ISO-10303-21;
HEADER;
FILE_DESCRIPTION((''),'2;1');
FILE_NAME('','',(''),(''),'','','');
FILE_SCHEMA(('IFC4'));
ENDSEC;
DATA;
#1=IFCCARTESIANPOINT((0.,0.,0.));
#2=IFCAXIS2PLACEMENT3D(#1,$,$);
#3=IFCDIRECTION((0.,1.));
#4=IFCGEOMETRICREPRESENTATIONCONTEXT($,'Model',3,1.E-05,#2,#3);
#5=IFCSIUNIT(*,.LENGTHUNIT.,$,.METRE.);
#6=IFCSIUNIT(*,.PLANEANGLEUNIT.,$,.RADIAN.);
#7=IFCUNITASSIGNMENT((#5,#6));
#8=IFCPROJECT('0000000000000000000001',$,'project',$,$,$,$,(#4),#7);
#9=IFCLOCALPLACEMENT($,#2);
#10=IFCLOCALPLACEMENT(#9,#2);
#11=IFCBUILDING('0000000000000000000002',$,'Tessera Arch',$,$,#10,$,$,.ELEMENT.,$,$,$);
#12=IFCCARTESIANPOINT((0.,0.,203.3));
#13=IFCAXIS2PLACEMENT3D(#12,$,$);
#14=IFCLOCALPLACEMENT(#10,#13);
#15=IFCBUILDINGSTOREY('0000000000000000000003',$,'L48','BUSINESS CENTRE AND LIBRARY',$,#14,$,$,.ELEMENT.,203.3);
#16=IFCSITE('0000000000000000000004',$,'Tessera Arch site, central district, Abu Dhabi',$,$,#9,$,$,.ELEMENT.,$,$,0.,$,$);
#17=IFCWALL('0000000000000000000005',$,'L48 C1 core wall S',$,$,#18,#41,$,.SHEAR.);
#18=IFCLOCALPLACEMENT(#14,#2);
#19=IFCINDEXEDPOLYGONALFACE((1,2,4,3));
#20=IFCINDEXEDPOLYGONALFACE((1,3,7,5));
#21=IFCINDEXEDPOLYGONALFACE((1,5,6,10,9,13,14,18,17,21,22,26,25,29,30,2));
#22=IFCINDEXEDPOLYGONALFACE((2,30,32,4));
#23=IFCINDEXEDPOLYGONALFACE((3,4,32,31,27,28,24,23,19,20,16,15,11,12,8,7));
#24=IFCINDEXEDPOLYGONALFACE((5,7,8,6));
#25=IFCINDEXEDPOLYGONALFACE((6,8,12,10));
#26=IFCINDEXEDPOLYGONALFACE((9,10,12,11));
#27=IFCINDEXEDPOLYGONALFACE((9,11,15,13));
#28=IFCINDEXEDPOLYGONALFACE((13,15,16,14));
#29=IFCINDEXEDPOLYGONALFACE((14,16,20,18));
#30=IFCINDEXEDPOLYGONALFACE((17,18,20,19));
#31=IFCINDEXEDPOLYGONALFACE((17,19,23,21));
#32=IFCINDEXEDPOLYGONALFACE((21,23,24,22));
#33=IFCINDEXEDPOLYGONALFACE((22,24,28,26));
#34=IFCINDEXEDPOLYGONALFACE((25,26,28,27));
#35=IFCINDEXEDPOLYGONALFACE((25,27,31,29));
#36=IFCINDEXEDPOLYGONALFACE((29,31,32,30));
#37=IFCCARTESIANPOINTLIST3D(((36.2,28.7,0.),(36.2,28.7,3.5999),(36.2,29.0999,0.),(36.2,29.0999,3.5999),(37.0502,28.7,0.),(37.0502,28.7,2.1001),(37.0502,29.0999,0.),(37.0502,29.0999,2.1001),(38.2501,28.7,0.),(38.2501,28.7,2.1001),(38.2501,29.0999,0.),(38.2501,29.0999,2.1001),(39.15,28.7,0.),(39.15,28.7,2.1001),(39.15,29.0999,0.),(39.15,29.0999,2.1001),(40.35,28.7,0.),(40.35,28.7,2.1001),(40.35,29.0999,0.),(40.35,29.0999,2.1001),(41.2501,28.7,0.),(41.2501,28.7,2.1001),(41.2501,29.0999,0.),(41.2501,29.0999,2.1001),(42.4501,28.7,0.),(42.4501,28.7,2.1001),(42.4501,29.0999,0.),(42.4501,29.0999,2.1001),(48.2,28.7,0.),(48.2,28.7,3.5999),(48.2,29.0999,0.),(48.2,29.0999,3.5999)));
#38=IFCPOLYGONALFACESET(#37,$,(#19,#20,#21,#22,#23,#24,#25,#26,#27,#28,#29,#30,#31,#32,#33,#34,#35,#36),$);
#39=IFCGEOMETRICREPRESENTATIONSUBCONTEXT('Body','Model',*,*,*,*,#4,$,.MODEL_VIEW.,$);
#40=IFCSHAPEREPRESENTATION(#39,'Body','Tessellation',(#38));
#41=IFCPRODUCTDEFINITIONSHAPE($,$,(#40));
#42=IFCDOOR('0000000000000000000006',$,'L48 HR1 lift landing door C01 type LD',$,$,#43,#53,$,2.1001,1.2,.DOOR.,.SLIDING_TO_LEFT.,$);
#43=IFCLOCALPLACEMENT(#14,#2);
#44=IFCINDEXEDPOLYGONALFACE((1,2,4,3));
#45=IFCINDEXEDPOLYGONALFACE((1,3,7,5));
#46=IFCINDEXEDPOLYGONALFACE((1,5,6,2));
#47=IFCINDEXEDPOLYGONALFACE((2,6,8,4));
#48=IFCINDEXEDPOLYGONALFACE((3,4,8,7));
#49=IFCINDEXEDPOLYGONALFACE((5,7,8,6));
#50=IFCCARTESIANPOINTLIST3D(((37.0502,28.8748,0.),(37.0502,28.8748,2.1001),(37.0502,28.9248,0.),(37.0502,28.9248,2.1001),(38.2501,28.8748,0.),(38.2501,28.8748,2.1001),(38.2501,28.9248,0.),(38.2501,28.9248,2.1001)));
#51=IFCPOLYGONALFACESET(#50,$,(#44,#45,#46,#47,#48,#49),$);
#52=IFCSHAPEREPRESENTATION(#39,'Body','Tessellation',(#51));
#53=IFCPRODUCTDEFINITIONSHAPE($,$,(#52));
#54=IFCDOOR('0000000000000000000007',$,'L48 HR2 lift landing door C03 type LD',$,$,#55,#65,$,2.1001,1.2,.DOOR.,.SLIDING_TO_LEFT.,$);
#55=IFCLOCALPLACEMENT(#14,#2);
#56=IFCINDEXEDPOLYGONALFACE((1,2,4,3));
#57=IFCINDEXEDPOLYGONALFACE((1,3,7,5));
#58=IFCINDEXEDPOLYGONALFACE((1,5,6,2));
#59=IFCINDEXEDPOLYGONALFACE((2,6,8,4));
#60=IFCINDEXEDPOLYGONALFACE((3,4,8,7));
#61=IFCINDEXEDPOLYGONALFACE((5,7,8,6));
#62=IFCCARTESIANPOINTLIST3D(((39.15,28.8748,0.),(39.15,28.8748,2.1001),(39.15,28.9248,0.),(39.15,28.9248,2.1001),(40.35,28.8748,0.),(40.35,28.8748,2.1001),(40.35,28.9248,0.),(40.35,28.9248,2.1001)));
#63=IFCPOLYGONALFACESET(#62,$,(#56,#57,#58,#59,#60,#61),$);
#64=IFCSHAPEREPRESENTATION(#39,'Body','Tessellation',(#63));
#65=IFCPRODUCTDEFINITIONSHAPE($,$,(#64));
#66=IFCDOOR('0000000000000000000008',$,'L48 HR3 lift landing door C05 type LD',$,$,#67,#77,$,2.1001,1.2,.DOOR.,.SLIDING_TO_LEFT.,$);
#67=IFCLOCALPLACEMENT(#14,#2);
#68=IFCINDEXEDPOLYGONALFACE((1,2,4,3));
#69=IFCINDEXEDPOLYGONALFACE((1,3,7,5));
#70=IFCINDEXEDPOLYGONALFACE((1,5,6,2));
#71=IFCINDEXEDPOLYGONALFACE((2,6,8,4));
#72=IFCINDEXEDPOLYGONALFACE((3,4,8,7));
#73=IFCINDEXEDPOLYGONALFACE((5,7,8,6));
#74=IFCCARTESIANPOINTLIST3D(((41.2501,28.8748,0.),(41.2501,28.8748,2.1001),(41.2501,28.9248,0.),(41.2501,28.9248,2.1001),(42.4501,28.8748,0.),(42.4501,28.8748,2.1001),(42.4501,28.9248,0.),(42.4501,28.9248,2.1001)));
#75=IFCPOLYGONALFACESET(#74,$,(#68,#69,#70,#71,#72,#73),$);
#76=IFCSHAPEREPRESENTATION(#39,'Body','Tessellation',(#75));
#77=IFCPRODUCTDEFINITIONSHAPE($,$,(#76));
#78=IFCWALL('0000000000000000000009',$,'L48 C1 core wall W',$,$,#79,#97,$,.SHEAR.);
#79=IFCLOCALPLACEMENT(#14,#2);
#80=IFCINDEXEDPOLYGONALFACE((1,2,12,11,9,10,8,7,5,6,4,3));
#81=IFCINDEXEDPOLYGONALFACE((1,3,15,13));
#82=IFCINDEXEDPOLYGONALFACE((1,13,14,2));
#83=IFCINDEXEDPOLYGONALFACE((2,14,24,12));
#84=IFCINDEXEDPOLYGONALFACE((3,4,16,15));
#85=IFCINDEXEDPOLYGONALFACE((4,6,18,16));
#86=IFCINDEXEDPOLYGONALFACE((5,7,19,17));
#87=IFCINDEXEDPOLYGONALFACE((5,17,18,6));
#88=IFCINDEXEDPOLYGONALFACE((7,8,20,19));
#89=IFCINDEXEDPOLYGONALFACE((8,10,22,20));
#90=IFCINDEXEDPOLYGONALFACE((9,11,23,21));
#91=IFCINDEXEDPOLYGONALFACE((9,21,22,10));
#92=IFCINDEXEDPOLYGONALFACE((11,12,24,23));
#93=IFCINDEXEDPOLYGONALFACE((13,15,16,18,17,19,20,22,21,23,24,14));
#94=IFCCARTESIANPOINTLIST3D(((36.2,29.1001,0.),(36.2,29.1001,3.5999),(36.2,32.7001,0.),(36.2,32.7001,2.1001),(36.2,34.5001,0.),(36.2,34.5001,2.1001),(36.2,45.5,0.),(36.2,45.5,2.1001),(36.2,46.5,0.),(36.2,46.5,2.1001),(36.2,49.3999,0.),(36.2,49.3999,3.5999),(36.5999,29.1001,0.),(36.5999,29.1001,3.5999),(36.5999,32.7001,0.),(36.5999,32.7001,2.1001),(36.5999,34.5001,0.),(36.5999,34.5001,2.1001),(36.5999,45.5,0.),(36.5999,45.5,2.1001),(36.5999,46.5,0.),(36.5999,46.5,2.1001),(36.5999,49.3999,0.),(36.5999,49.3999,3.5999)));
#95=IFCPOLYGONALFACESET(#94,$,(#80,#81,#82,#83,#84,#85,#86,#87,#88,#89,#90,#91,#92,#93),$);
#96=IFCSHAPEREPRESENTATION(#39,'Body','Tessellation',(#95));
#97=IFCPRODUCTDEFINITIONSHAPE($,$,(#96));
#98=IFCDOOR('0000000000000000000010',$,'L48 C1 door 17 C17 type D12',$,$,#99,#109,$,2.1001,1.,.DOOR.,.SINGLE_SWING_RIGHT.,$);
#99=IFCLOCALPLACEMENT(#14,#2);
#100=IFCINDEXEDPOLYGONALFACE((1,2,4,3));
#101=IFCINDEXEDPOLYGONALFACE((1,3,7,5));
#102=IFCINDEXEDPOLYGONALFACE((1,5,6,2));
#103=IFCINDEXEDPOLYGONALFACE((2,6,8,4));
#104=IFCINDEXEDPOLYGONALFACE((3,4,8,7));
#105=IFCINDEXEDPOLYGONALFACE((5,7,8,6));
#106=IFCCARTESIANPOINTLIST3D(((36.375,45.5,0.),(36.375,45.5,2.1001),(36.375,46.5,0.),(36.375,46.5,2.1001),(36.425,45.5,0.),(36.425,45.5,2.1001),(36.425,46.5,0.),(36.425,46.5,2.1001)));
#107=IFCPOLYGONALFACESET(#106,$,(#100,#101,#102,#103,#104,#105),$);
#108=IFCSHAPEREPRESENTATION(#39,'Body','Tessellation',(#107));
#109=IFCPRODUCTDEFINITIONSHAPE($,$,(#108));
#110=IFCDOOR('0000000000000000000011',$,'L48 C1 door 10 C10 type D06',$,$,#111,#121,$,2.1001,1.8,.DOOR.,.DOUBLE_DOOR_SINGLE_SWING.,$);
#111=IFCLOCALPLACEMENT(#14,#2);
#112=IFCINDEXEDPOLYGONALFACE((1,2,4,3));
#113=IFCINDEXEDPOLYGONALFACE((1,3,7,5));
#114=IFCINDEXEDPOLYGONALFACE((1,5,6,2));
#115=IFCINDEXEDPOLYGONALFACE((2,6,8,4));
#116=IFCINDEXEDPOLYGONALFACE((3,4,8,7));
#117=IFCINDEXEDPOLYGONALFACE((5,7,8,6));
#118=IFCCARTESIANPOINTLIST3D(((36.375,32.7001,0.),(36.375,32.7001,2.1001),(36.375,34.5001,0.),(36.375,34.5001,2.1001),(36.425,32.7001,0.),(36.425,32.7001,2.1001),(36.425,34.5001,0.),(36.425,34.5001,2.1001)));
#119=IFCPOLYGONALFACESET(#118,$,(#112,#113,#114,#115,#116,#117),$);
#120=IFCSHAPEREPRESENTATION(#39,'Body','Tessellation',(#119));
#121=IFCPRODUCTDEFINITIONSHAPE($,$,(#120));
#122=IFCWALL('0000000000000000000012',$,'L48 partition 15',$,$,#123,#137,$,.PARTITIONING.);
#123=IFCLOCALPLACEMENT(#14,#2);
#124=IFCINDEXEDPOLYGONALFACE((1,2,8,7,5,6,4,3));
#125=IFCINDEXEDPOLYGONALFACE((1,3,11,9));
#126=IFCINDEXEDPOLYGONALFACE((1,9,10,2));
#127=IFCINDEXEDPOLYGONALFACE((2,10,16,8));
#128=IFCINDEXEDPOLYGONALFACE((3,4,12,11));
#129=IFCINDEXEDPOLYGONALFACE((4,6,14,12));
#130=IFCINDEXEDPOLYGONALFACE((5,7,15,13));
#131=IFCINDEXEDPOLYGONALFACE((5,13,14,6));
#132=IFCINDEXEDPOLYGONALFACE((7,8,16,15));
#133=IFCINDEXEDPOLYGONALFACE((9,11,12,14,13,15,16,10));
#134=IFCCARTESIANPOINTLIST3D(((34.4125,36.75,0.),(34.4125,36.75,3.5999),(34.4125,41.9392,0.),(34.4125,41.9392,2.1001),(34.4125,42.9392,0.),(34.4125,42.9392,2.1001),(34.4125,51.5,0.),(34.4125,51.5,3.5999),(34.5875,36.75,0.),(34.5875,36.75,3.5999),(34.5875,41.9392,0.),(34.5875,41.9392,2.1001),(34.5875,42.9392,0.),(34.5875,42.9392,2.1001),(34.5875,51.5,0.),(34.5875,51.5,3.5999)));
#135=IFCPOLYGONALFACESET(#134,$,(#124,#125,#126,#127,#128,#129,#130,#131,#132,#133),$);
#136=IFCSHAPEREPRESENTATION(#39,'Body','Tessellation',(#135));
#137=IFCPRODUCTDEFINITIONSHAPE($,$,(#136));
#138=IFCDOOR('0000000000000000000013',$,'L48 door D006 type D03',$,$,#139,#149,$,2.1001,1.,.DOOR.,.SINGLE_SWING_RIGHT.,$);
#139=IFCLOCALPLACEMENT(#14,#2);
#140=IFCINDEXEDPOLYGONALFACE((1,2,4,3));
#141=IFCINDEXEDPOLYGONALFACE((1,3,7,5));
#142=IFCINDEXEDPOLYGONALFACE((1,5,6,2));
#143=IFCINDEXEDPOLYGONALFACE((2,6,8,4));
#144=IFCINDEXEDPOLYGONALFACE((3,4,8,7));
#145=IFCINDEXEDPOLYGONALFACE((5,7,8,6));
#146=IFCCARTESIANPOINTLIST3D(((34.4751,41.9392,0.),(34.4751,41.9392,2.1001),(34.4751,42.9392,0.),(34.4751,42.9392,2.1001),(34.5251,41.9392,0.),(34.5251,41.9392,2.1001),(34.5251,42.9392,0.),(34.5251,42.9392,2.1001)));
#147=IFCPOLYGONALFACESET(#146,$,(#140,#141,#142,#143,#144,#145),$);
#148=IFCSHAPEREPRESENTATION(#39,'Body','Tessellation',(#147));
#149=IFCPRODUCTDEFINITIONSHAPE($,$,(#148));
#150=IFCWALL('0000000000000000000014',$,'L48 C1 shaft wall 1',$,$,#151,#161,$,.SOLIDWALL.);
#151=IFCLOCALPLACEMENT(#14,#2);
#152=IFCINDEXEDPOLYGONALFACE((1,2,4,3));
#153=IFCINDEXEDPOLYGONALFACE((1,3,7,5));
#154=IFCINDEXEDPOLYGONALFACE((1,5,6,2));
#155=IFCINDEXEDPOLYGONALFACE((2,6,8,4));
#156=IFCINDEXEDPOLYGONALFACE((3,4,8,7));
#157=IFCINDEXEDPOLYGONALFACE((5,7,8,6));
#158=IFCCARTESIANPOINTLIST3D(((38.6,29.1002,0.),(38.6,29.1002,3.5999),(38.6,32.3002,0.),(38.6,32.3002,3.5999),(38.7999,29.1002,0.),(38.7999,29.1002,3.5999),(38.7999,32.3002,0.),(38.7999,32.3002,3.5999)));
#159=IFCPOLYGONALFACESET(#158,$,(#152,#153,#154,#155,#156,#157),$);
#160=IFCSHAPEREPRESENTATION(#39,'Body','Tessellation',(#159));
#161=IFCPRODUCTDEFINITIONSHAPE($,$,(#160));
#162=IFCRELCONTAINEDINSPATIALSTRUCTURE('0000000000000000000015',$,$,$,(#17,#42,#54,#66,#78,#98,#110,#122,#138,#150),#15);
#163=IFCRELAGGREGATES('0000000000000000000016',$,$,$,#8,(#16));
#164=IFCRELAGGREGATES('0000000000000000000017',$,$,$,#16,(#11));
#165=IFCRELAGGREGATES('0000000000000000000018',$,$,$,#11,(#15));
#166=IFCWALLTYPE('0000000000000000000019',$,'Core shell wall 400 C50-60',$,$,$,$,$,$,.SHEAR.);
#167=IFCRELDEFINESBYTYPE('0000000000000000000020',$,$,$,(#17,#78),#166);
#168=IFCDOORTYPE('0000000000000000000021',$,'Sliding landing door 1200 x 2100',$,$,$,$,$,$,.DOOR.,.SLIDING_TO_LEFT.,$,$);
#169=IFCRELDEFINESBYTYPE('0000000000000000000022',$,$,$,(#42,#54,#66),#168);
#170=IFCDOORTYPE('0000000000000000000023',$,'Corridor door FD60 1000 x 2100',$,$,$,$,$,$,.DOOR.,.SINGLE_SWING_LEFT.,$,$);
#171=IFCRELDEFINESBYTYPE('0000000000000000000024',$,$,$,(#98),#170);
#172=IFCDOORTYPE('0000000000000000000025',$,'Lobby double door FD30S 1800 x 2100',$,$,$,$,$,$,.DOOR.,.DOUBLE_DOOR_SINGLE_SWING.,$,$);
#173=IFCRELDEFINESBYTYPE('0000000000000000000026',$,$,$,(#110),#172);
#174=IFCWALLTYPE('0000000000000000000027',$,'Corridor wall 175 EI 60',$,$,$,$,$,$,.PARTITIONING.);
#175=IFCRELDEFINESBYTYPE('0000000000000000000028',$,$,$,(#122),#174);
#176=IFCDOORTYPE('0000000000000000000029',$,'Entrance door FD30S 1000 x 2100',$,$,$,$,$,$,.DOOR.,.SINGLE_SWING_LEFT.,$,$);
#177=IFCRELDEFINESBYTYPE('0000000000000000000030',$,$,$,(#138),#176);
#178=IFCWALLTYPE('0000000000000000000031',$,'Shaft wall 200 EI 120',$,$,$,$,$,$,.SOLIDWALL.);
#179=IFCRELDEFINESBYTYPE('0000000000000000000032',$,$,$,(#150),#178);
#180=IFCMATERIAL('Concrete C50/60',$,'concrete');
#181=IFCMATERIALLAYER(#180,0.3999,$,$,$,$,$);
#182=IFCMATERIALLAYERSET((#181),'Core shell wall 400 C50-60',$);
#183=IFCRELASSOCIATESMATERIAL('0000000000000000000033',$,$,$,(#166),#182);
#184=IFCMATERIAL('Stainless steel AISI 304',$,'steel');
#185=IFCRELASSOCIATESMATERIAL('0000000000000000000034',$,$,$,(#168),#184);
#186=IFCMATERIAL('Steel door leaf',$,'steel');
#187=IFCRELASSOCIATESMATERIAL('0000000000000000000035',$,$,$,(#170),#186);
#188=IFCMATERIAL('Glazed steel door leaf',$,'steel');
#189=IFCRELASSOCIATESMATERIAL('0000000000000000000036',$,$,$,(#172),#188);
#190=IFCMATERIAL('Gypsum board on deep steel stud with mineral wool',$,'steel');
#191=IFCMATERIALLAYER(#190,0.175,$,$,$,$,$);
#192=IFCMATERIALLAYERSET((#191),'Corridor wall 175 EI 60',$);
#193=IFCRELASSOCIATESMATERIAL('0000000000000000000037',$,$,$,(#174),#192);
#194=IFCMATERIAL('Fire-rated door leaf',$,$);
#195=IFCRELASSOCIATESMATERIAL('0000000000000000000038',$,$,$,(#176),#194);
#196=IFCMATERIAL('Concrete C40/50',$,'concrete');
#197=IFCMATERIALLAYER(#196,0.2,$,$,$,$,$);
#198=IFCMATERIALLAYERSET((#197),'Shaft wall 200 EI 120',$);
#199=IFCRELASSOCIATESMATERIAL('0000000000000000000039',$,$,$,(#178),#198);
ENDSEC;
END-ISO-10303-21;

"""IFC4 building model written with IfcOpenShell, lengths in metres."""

from ifc_helpers import new_model, si_unit, direction, frame, frame_2d, origin, place, context, subcontext, project, spatial, rectangle, extrude, material, layer, layer_set, type_object, element, fill, save


model = new_model("IFC4")

# Units and contexts
model_context = context("Model", 3, precision=1e-05, world=origin(), true_north=direction((0.0, 1.0)))
body_context = subcontext(model_context, "Body", "Model", "MODEL_VIEW")
ifc_project = project(units=[si_unit("LENGTHUNIT", "METRE"), si_unit("PLANEANGLEUNIT", "RADIAN")], contexts=[model_context])

# Site, building, storey
site_placement = place(None, origin())
site = spatial("IfcSite", under=ifc_project, at=site_placement, Name="Tessera Arch site, central district, Abu Dhabi", CompositionType="ELEMENT", RefElevation=0.0)
building_placement = place(site_placement, origin())
building = spatial("IfcBuilding", under=site, at=building_placement, Name="Tessera Arch", CompositionType="ELEMENT")
storey_placement = place(building_placement, frame((0.0, 0.0, 203.3)))
storey = spatial("IfcBuildingStorey", under=building, at=storey_placement, Name="L48", Description="BUSINESS CENTRE AND LIBRARY", CompositionType="ELEMENT", Elevation=203.3)

# Walls, openings, doors
ifc_material_1 = material(Name="Concrete C50/60", Category="concrete")
ifc_layer_1 = layer(ifc_material_1, 0.3999)
ifc_layer_set_1 = layer_set([ifc_layer_1], Name="Core shell wall 400 C50-60")
wall_type_1 = type_object("IfcWallType", Name="Core shell wall 400 C50-60", PredefinedType="SHEAR", material=ifc_layer_set_1)
wall_1_placement = place(storey_placement, frame((36.2, 28.8999, 0.0), z_axis=(0.0, 0.0, 1.0), x_axis=(1.0, 0.0, 0.0)))
wall_1 = element("IfcWall", 1, at=wall_1_placement, inside=storey, type_object=wall_type_1, Name="L48 C1 core wall S", PredefinedType="SHEAR", context=body_context, shape_type="SweptSolid", body=[
    extrude(rectangle(XDim=12.0, YDim=0.3999, at=frame_2d((6.0, 0.0))), origin(), (0.0, 0.0, 1.0), 3.5999),
])
opening_1_placement = place(wall_1_placement, frame((0.8501, 0.0, 0.0)))
opening_1 = element("IfcOpeningElement", 2, at=opening_1_placement, cuts=wall_1, PredefinedType="OPENING", context=body_context, shape_type="SweptSolid", body=[
    extrude(rectangle(XDim=1.2, YDim=2.1001, at=frame_2d((0.6001, 1.05))), frame((0.0, 0.21, 0.0), z_axis=(0.0, -1.0, 0.0), x_axis=(1.0, 0.0, 0.0)), (0.0, 0.0, 1.0), 0.4199),
])
opening_2_placement = place(wall_1_placement, frame((2.95, 0.0, 0.0)))
opening_2 = element("IfcOpeningElement", 3, at=opening_2_placement, cuts=wall_1, PredefinedType="OPENING", context=body_context, shape_type="SweptSolid", body=[
    extrude(rectangle(XDim=1.2, YDim=2.1001, at=frame_2d((0.6001, 1.05))), frame((0.0, 0.21, 0.0), z_axis=(0.0, -1.0, 0.0), x_axis=(1.0, 0.0, 0.0)), (0.0, 0.0, 1.0), 0.4199),
])
opening_3_placement = place(wall_1_placement, frame((5.05, 0.0, 0.0)))
opening_3 = element("IfcOpeningElement", 4, at=opening_3_placement, cuts=wall_1, PredefinedType="OPENING", context=body_context, shape_type="SweptSolid", body=[
    extrude(rectangle(XDim=1.2, YDim=2.1001, at=frame_2d((0.6001, 1.05))), frame((0.0, 0.21, 0.0), z_axis=(0.0, -1.0, 0.0), x_axis=(1.0, 0.0, 0.0)), (0.0, 0.0, 1.0), 0.4199),
])
ifc_material_2 = material(Name="Stainless steel AISI 304", Category="steel")
door_type_1 = type_object("IfcDoorType", Name="Sliding landing door 1200 x 2100", OperationType="SLIDING_TO_LEFT", PredefinedType="DOOR", material=ifc_material_2)
door_1_placement = place(opening_1_placement, origin())
door_1 = element("IfcDoor", 5, at=door_1_placement, inside=storey, type_object=door_type_1, Name="L48 HR1 lift landing door C01 type LD", OperationType="SLIDING_TO_LEFT", OverallHeight=2.1001, OverallWidth=1.2, PredefinedType="DOOR", context=body_context, shape_type="SweptSolid", body=[
    extrude(rectangle(XDim=1.2, YDim=2.1001, at=frame_2d((0.6001, 1.05))), frame((0.0, 0.0249, 0.0), z_axis=(0.0, -1.0, 0.0), x_axis=(1.0, 0.0, 0.0)), (0.0, 0.0, 1.0), 0.05),
])
fill(opening_1, door_1)
door_2_placement = place(opening_2_placement, origin())
door_2 = element("IfcDoor", 6, at=door_2_placement, inside=storey, type_object=door_type_1, Name="L48 HR2 lift landing door C03 type LD", OperationType="SLIDING_TO_LEFT", OverallHeight=2.1001, OverallWidth=1.2, PredefinedType="DOOR", context=body_context, shape_type="SweptSolid", body=[
    extrude(rectangle(XDim=1.2, YDim=2.1001, at=frame_2d((0.6001, 1.05))), frame((0.0, 0.0249, 0.0), z_axis=(0.0, -1.0, 0.0), x_axis=(1.0, 0.0, 0.0)), (0.0, 0.0, 1.0), 0.05),
])
fill(opening_2, door_2)
door_3_placement = place(opening_3_placement, origin())
door_3 = element("IfcDoor", 7, at=door_3_placement, inside=storey, type_object=door_type_1, Name="L48 HR3 lift landing door C05 type LD", OperationType="SLIDING_TO_LEFT", OverallHeight=2.1001, OverallWidth=1.2, PredefinedType="DOOR", context=body_context, shape_type="SweptSolid", body=[
    extrude(rectangle(XDim=1.2, YDim=2.1001, at=frame_2d((0.6001, 1.05))), frame((0.0, 0.0249, 0.0), z_axis=(0.0, -1.0, 0.0), x_axis=(1.0, 0.0, 0.0)), (0.0, 0.0, 1.0), 0.05),
])
fill(opening_3, door_3)
wall_2_placement = place(storey_placement, frame((36.3999, 29.1001, 0.0), z_axis=(0.0, 0.0, 1.0), x_axis=(0.0, 1.0, 0.0)))
wall_2 = element("IfcWall", 8, at=wall_2_placement, inside=storey, type_object=wall_type_1, Name="L48 C1 core wall W", PredefinedType="SHEAR", context=body_context, shape_type="SweptSolid", body=[
    extrude(rectangle(XDim=20.2998, YDim=0.3999, at=frame_2d((10.1499, 0.0))), origin(), (0.0, 0.0, 1.0), 3.5999),
])
opening_4_placement = place(wall_2_placement, frame((3.6001, 0.0, 0.0)))
opening_4 = element("IfcOpeningElement", 9, at=opening_4_placement, cuts=wall_2, PredefinedType="OPENING", context=body_context, shape_type="SweptSolid", body=[
    extrude(rectangle(XDim=1.8, YDim=2.1001, at=frame_2d((0.8999, 1.05))), frame((0.0, 0.21, 0.0), z_axis=(0.0, -1.0, 0.0), x_axis=(1.0, 0.0, 0.0)), (0.0, 0.0, 1.0), 0.4199),
])
opening_5_placement = place(wall_2_placement, frame((16.3999, 0.0, 0.0)))
opening_5 = element("IfcOpeningElement", 10, at=opening_5_placement, cuts=wall_2, PredefinedType="OPENING", context=body_context, shape_type="SweptSolid", body=[
    extrude(rectangle(XDim=1.0, YDim=2.1001, at=frame_2d((0.5, 1.05))), frame((0.0, 0.21, 0.0), z_axis=(0.0, -1.0, 0.0), x_axis=(1.0, 0.0, 0.0)), (0.0, 0.0, 1.0), 0.4199),
])
ifc_material_3 = material(Name="Steel door leaf", Category="steel")
door_type_2 = type_object("IfcDoorType", Name="Corridor door FD60 1000 x 2100", OperationType="SINGLE_SWING_LEFT", PredefinedType="DOOR", material=ifc_material_3)
door_4_placement = place(opening_5_placement, origin())
door_4 = element("IfcDoor", 11, at=door_4_placement, inside=storey, type_object=door_type_2, Name="L48 C1 door 17 C17 type D12", OperationType="SINGLE_SWING_RIGHT", OverallHeight=2.1001, OverallWidth=1.0, PredefinedType="DOOR", context=body_context, shape_type="SweptSolid", body=[
    extrude(rectangle(XDim=1.0, YDim=2.1001, at=frame_2d((0.5, 1.05))), frame((0.0, 0.0249, 0.0), z_axis=(0.0, -1.0, 0.0), x_axis=(1.0, 0.0, 0.0)), (0.0, 0.0, 1.0), 0.05),
])
fill(opening_5, door_4)
ifc_material_4 = material(Name="Glazed steel door leaf", Category="steel")
door_type_3 = type_object("IfcDoorType", Name="Lobby double door FD30S 1800 x 2100", OperationType="DOUBLE_DOOR_SINGLE_SWING", PredefinedType="DOOR", material=ifc_material_4)
door_5_placement = place(opening_4_placement, origin())
door_5 = element("IfcDoor", 12, at=door_5_placement, inside=storey, type_object=door_type_3, Name="L48 C1 door 10 C10 type D06", OperationType="DOUBLE_DOOR_SINGLE_SWING", OverallHeight=2.1001, OverallWidth=1.8, PredefinedType="DOOR", context=body_context, shape_type="SweptSolid", body=[
    extrude(rectangle(XDim=1.8, YDim=2.1001, at=frame_2d((0.8999, 1.05))), frame((0.0, 0.0249, 0.0), z_axis=(0.0, -1.0, 0.0), x_axis=(1.0, 0.0, 0.0)), (0.0, 0.0, 1.0), 0.05),
])
fill(opening_4, door_5)

# Wall, opening, door
ifc_material_5 = material(Name="Gypsum board on deep steel stud with mineral wool", Category="steel")
ifc_layer_2 = layer(ifc_material_5, 0.175)
ifc_layer_set_2 = layer_set([ifc_layer_2], Name="Corridor wall 175 EI 60")
wall_type_2 = type_object("IfcWallType", Name="Corridor wall 175 EI 60", PredefinedType="PARTITIONING", material=ifc_layer_set_2)
wall_3_placement = place(storey_placement, frame((34.5, 36.75, 0.0), z_axis=(0.0, 0.0, 1.0), x_axis=(0.0, 1.0, 0.0)))
wall_3 = element("IfcWall", 13, at=wall_3_placement, inside=storey, type_object=wall_type_2, Name="L48 partition 15", PredefinedType="PARTITIONING", context=body_context, shape_type="SweptSolid", body=[
    extrude(rectangle(XDim=14.75, YDim=0.175, at=frame_2d((7.375, 0.0))), origin(), (0.0, 0.0, 1.0), 3.5999),
])
opening_6_placement = place(wall_3_placement, frame((5.1892, 0.0, 0.0)))
opening_6 = element("IfcOpeningElement", 14, at=opening_6_placement, cuts=wall_3, PredefinedType="OPENING", context=body_context, shape_type="SweptSolid", body=[
    extrude(rectangle(XDim=1.0, YDim=2.1001, at=frame_2d((0.5, 1.05))), frame((0.0, 0.0974, 0.0), z_axis=(0.0, -1.0, 0.0), x_axis=(1.0, 0.0, 0.0)), (0.0, 0.0, 1.0), 0.1951),
])
ifc_material_6 = material(Name="Fire-rated door leaf")
door_type_4 = type_object("IfcDoorType", Name="Entrance door FD30S 1000 x 2100", OperationType="SINGLE_SWING_LEFT", PredefinedType="DOOR", material=ifc_material_6)
door_6_placement = place(opening_6_placement, origin())
door_6 = element("IfcDoor", 15, at=door_6_placement, inside=storey, type_object=door_type_4, Name="L48 door D006 type D03", OperationType="SINGLE_SWING_RIGHT", OverallHeight=2.1001, OverallWidth=1.0, PredefinedType="DOOR", context=body_context, shape_type="SweptSolid", body=[
    extrude(rectangle(XDim=1.0, YDim=2.1001, at=frame_2d((0.5, 1.05))), frame((0.0, 0.0249, 0.0), z_axis=(0.0, -1.0, 0.0), x_axis=(1.0, 0.0, 0.0)), (0.0, 0.0, 1.0), 0.05),
])
fill(opening_6, door_6)

# Wall
ifc_material_7 = material(Name="Concrete C40/50", Category="concrete")
ifc_layer_3 = layer(ifc_material_7, 0.2)
ifc_layer_set_3 = layer_set([ifc_layer_3], Name="Shaft wall 200 EI 120")
wall_type_3 = type_object("IfcWallType", Name="Shaft wall 200 EI 120", PredefinedType="SOLIDWALL", material=ifc_layer_set_3)
wall_4_placement = place(storey_placement, frame((38.7, 29.1001, 0.0), z_axis=(0.0, 0.0, 1.0), x_axis=(0.0, 1.0, 0.0)))
element("IfcWall", 16, at=wall_4_placement, inside=storey, type_object=wall_type_3, Name="L48 C1 shaft wall 1", PredefinedType="SOLIDWALL", context=body_context, shape_type="SweptSolid", body=[
    extrude(rectangle(XDim=3.2, YDim=0.2, at=frame_2d((1.6001, 0.0))), origin(), (0.0, 0.0, 1.0), 3.5999),
])

save(model, "model.ifc")
